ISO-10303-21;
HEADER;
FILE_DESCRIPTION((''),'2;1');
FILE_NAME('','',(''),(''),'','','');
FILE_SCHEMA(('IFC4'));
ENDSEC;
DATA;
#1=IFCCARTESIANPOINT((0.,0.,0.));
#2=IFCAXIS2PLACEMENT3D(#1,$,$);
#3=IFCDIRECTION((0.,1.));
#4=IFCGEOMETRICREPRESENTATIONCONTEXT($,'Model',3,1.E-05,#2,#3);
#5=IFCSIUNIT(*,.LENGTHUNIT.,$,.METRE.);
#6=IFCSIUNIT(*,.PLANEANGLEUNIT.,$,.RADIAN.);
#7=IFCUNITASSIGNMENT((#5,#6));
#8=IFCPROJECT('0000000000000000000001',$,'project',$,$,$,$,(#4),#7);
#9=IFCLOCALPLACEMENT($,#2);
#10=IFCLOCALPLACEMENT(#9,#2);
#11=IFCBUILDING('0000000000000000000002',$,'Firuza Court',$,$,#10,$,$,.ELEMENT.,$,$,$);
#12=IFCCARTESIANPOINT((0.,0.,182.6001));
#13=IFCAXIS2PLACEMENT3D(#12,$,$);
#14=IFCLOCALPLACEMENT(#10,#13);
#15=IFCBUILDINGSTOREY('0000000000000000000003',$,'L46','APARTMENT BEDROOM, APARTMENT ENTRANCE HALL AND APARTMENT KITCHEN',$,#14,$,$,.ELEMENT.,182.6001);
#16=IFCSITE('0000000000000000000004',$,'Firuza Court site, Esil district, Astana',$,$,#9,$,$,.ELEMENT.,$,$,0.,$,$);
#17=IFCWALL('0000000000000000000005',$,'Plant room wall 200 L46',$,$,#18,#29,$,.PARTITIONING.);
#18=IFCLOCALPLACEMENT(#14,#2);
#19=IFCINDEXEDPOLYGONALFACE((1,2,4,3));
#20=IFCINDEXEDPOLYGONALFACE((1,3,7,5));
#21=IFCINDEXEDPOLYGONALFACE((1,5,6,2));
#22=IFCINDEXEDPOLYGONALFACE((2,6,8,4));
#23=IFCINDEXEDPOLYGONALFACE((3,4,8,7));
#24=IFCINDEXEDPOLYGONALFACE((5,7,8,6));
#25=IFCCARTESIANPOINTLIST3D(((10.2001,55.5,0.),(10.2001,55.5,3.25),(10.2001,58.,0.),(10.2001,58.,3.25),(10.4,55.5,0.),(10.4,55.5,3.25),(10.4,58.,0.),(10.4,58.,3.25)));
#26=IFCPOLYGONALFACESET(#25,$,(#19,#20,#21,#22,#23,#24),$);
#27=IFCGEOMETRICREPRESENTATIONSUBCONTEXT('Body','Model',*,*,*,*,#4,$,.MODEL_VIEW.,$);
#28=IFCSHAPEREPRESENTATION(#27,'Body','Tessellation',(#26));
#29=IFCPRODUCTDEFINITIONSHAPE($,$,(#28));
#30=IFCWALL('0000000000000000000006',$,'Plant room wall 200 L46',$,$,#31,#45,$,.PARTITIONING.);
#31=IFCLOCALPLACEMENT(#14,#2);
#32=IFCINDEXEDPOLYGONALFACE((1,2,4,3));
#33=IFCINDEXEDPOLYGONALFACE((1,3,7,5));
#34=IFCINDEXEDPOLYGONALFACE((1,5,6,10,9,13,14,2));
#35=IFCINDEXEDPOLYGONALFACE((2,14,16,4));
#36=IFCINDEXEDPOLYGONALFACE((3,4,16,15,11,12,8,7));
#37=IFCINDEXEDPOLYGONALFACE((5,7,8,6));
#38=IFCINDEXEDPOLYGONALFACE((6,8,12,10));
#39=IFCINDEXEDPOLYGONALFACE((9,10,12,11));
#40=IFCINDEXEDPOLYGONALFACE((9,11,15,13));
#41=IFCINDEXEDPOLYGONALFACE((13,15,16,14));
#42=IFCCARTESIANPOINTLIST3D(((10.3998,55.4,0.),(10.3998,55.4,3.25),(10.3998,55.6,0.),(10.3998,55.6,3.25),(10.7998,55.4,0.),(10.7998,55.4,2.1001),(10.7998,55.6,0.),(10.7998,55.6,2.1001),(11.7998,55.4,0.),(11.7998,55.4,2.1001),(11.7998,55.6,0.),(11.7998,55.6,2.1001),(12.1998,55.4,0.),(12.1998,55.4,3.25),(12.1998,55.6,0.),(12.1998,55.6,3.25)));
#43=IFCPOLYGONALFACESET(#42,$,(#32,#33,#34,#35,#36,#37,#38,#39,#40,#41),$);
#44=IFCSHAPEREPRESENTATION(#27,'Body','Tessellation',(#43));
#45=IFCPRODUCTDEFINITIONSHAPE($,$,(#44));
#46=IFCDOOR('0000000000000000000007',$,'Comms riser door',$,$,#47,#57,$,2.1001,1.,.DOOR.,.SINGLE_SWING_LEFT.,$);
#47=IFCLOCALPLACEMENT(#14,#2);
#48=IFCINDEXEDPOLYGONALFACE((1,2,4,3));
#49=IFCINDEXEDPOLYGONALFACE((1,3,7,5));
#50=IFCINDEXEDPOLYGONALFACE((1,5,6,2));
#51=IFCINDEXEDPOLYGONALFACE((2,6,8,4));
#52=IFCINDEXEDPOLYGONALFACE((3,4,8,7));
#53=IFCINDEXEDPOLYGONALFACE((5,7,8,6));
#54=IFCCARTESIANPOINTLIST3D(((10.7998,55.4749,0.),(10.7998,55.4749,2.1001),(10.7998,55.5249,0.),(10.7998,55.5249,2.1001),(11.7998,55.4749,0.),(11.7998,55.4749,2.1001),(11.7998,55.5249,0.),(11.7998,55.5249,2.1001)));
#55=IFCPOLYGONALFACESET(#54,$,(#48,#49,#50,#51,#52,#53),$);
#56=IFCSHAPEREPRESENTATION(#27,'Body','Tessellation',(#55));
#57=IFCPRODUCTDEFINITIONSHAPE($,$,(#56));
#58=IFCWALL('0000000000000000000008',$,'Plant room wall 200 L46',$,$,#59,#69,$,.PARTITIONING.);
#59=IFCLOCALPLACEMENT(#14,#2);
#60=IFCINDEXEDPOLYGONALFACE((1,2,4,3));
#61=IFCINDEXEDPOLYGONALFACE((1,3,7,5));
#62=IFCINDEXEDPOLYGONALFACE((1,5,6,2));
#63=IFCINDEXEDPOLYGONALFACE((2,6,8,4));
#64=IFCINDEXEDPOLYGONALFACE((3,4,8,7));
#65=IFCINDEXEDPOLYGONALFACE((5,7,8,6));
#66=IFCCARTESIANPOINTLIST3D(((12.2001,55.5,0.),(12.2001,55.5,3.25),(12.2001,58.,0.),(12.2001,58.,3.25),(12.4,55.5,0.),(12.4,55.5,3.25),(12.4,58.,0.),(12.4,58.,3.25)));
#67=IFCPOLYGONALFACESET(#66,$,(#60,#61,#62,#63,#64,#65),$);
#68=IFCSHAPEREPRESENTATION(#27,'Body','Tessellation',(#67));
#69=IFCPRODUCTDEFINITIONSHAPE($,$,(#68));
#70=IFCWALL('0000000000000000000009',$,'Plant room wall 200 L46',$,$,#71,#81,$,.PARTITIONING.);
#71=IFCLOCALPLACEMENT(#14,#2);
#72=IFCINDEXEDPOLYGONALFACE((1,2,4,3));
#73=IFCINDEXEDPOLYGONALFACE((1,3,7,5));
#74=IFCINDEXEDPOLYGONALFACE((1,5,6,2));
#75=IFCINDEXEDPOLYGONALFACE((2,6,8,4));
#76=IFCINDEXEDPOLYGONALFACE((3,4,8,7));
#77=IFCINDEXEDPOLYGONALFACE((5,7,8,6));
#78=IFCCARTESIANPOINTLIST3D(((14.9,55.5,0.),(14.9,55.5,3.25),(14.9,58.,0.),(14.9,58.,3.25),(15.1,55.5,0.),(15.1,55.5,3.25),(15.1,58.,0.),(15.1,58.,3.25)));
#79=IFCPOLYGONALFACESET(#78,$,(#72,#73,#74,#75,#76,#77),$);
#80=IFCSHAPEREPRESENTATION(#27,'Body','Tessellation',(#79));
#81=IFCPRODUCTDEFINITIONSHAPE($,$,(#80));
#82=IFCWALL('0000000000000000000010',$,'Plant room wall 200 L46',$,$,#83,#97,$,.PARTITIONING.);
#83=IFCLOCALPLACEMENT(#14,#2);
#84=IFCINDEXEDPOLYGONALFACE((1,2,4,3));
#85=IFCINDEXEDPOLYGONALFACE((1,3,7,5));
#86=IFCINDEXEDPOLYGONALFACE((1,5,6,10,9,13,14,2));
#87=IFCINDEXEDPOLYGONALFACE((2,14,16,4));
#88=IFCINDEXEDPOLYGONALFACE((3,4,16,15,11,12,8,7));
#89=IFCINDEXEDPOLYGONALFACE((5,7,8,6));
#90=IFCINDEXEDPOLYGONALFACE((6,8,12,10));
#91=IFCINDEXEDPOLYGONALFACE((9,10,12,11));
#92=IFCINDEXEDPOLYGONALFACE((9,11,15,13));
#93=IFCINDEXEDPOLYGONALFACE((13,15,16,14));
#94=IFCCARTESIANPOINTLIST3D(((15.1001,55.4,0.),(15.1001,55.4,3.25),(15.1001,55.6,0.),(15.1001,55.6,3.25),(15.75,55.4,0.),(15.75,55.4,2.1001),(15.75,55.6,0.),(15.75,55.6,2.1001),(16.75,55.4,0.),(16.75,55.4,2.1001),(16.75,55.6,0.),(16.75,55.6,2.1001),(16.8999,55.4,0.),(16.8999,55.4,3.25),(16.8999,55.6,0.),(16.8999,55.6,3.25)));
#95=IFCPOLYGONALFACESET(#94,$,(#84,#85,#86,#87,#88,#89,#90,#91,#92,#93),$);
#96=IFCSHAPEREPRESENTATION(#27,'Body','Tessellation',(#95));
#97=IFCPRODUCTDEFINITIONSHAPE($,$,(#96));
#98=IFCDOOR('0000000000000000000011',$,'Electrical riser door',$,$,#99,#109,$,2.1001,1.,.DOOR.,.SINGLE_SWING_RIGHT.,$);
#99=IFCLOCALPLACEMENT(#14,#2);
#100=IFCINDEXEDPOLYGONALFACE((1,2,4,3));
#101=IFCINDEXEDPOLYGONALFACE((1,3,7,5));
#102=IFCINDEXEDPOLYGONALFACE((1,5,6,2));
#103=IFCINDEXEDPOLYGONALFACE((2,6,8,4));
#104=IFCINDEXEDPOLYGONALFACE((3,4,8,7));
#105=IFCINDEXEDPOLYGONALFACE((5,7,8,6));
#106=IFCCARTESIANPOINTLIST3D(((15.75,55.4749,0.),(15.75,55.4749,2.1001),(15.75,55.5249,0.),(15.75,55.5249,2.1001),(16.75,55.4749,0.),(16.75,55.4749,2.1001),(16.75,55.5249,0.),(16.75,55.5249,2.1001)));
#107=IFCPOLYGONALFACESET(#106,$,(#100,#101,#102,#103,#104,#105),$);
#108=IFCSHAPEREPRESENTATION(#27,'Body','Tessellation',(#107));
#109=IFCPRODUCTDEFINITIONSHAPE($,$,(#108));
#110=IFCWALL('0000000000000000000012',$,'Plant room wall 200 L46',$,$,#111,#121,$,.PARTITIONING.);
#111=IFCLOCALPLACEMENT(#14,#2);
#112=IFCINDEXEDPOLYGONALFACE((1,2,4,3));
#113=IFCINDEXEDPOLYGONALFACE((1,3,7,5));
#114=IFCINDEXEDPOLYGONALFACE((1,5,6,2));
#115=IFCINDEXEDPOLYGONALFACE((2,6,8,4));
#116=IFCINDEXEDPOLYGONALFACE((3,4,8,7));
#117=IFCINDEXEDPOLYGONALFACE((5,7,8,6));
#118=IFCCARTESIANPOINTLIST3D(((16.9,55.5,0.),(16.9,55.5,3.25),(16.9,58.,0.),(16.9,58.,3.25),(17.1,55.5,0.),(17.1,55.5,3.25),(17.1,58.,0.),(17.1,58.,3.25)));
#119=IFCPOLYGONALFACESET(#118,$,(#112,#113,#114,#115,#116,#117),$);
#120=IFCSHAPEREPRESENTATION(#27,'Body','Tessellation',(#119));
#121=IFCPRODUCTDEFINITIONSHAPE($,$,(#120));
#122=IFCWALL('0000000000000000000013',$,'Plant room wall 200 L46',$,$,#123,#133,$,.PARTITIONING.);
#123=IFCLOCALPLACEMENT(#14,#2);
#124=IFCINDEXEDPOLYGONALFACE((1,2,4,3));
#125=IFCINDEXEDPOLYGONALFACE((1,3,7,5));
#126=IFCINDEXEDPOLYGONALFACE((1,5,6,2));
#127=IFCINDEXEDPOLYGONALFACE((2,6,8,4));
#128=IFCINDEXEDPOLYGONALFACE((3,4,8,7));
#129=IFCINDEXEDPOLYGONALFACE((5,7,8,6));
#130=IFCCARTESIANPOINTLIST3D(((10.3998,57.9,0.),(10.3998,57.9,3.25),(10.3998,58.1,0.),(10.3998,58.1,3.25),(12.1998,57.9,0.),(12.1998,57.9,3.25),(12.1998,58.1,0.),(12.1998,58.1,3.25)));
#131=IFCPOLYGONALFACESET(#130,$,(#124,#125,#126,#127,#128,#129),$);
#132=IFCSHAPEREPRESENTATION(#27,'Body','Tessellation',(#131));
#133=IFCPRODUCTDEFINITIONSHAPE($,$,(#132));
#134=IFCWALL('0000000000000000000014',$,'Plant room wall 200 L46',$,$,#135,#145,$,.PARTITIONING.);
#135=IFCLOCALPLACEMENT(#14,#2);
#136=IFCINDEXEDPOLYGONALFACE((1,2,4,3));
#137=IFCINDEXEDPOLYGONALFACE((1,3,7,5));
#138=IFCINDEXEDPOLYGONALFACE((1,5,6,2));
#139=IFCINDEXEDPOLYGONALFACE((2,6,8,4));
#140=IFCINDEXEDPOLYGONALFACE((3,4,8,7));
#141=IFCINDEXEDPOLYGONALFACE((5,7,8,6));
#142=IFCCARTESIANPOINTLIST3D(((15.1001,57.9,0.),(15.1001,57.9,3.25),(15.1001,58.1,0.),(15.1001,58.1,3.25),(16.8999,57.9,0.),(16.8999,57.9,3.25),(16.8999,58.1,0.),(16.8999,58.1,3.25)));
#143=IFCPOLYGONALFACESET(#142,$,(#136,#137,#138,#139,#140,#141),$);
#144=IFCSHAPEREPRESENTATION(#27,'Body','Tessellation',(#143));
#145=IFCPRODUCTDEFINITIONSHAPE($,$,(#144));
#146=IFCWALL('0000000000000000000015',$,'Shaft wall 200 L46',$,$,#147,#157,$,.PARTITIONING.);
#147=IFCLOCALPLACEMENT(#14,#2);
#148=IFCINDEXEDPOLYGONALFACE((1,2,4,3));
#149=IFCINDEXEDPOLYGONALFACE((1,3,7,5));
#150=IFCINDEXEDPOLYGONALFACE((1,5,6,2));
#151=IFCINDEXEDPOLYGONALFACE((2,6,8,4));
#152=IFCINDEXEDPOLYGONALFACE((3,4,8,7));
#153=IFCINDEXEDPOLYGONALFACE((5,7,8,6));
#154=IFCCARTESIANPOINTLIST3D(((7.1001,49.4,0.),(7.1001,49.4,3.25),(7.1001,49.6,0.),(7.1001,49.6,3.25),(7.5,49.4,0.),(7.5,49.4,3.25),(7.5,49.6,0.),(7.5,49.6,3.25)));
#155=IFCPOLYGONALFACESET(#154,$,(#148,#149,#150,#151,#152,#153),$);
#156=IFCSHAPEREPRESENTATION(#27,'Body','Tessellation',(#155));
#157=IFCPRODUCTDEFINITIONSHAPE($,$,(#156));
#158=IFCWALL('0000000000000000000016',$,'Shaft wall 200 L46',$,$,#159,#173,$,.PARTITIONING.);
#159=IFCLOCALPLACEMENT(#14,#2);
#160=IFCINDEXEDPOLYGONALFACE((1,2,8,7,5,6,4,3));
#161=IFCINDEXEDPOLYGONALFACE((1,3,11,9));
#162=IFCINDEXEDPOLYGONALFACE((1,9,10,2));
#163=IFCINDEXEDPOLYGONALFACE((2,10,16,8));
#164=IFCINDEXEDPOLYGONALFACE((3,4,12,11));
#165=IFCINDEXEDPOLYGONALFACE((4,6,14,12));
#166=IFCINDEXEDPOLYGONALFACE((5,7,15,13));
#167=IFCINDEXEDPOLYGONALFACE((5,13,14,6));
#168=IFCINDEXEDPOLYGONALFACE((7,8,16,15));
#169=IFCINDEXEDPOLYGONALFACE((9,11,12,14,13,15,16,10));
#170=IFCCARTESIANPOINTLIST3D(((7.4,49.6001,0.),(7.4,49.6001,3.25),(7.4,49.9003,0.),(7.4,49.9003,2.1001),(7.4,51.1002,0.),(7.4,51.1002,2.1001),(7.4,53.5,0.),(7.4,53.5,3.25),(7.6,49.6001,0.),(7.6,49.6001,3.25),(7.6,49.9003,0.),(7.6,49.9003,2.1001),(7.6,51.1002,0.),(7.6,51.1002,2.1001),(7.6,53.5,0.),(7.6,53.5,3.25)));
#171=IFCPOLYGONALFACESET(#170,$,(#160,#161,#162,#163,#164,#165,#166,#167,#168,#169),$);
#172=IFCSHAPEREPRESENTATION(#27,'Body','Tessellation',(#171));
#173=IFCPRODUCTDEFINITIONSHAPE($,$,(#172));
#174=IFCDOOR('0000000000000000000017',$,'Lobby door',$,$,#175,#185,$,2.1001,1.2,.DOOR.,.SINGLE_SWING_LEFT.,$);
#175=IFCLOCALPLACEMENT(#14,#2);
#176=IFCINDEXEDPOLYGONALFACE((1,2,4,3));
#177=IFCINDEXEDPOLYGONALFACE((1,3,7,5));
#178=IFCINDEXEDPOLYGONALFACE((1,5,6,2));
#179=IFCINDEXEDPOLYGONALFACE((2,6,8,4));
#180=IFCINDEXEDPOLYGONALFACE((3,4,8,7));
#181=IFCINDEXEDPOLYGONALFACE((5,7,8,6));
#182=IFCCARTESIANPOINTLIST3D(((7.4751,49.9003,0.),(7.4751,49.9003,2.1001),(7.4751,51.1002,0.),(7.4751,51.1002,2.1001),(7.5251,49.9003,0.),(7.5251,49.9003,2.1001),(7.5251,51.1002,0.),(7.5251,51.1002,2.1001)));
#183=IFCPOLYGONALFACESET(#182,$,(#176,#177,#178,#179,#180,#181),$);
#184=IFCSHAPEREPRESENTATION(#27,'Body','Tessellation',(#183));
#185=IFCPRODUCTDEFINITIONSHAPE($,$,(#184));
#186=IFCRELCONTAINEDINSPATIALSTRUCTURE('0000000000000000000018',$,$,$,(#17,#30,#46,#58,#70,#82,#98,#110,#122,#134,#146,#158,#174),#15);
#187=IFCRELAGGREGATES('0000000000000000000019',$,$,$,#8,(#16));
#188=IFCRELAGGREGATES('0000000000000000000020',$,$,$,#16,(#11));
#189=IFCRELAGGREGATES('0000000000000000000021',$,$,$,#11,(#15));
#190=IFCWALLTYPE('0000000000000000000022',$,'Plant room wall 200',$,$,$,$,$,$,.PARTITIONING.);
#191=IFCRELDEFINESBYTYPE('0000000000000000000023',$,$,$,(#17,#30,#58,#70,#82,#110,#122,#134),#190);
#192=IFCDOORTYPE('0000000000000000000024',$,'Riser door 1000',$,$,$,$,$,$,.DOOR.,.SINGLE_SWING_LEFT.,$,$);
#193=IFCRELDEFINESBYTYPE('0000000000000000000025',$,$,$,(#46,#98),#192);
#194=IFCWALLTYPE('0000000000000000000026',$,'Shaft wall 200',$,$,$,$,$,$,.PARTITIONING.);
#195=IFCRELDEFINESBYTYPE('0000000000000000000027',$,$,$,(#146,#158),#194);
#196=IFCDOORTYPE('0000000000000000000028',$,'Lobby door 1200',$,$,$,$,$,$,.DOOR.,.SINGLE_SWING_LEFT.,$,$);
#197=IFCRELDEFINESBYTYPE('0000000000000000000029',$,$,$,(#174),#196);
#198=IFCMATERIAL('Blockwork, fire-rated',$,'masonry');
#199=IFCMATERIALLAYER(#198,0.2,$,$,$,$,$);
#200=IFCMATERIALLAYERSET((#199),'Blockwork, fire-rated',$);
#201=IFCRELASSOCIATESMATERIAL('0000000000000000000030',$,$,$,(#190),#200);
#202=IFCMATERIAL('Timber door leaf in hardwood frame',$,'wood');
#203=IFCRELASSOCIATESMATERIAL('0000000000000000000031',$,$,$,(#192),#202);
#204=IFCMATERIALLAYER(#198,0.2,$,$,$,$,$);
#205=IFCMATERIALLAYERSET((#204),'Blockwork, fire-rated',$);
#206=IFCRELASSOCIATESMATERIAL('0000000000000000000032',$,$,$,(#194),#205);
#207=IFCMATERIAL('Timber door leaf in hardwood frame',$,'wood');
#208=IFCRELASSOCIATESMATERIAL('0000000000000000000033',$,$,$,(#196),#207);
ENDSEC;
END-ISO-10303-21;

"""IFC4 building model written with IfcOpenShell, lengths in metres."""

from ifc_helpers import new_model, si_unit, direction, frame, frame_2d, origin, place, context, subcontext, project, spatial, rectangle, extrude, material, layer, layer_set, type_object, element, fill, save


model = new_model("IFC4")

# Units and contexts
model_context = context("Model", 3, precision=1e-05, world=origin(), true_north=direction((0.0, 1.0)))
body_context = subcontext(model_context, "Body", "Model", "MODEL_VIEW")
ifc_project = project(units=[si_unit("LENGTHUNIT", "METRE"), si_unit("PLANEANGLEUNIT", "RADIAN")], contexts=[model_context])

# Site, building, storey
site_placement = place(None, origin())
site = spatial("IfcSite", under=ifc_project, at=site_placement, Name="Firuza Court site, Esil district, Astana", CompositionType="ELEMENT", RefElevation=0.0)
building_placement = place(site_placement, origin())
building = spatial("IfcBuilding", under=site, at=building_placement, Name="Firuza Court", CompositionType="ELEMENT")
storey_placement = place(building_placement, frame((0.0, 0.0, 182.6001)))
storey = spatial("IfcBuildingStorey", under=building, at=storey_placement, Name="L46", Description="APARTMENT BEDROOM, APARTMENT ENTRANCE HALL AND APARTMENT KITCHEN", CompositionType="ELEMENT", Elevation=182.6001)

# Wall
ifc_material_1 = material(Name="Blockwork, fire-rated", Category="masonry")
ifc_layer_1 = layer(ifc_material_1, 0.2)
ifc_layer_set_1 = layer_set([ifc_layer_1], Name="Blockwork, fire-rated")
wall_type_1 = type_object("IfcWallType", Name="Plant room wall 200", PredefinedType="PARTITIONING", material=ifc_layer_set_1)
wall_1_placement = place(storey_placement, frame((10.3, 55.5, 0.0), z_axis=(0.0, 0.0, 1.0), x_axis=(0.0, 1.0, 0.0)))
element("IfcWall", 1, at=wall_1_placement, inside=storey, type_object=wall_type_1, Name="Plant room wall 200 L46", PredefinedType="PARTITIONING", context=body_context, shape_type="SweptSolid", body=[
    extrude(rectangle(XDim=2.5, YDim=0.2, at=frame_2d((1.25, 0.0))), origin(), (0.0, 0.0, 1.0), 3.25),
])

# Wall, opening, door
wall_2_placement = place(storey_placement, frame((10.3999, 55.5, 0.0), z_axis=(0.0, 0.0, 1.0), x_axis=(1.0, 0.0, 0.0)))
wall_2 = element("IfcWall", 2, at=wall_2_placement, inside=storey, type_object=wall_type_1, Name="Plant room wall 200 L46", PredefinedType="PARTITIONING", context=body_context, shape_type="SweptSolid", body=[
    extrude(rectangle(XDim=1.8, YDim=0.2, at=frame_2d((0.8999, 0.0))), origin(), (0.0, 0.0, 1.0), 3.25),
])
opening_1_placement = place(wall_2_placement, frame((0.3999, 0.0, 0.0)))
opening_1 = element("IfcOpeningElement", 3, at=opening_1_placement, cuts=wall_2, PredefinedType="OPENING", context=body_context, shape_type="SweptSolid", body=[
    extrude(rectangle(XDim=1.0, YDim=2.1001, at=frame_2d((0.5, 1.05))), frame((0.0, 0.1118, 0.0), z_axis=(0.0, -1.0, 0.0), x_axis=(1.0, 0.0, 0.0)), (0.0, 0.0, 1.0), 0.2239),
])
ifc_material_2 = material(Name="Timber door leaf in hardwood frame", Category="wood")
door_type_1 = type_object("IfcDoorType", Name="Riser door 1000", OperationType="SINGLE_SWING_LEFT", PredefinedType="DOOR", material=ifc_material_2)
door_1_placement = place(opening_1_placement, origin())
door_1 = element("IfcDoor", 4, at=door_1_placement, inside=storey, type_object=door_type_1, Name="Comms riser door", OperationType="SINGLE_SWING_LEFT", OverallHeight=2.1001, OverallWidth=1.0, PredefinedType="DOOR", context=body_context, shape_type="SweptSolid", body=[
    extrude(rectangle(XDim=1.0, YDim=2.1001, at=frame_2d((0.5, 1.05))), frame((0.0, 0.0249, 0.0), z_axis=(0.0, -1.0, 0.0), x_axis=(1.0, 0.0, 0.0)), (0.0, 0.0, 1.0), 0.05),
])
fill(opening_1, door_1)

# Walls
for number, where, z_axis, x_axis, name in (
    (5, (12.3, 55.5, 0.0), (0.0, 0.0, 1.0), (0.0, 1.0, 0.0), "Plant room wall 200 L46"),
    (6, (15.0, 55.5, 0.0), (0.0, 0.0, 1.0), (0.0, 1.0, 0.0), "Plant room wall 200 L46"),
):
    element("IfcWall", number, at=place(storey_placement, frame(where, z_axis=z_axis, x_axis=x_axis)), inside=storey, type_object=wall_type_1, Name=name, PredefinedType="PARTITIONING", context=body_context, shape_type="SweptSolid", body=[
        extrude(rectangle(XDim=2.5, YDim=0.2, at=frame_2d((1.25, 0.0))), origin(), (0.0, 0.0, 1.0), 3.25),
    ])

# Wall, opening, door
wall_3_placement = place(storey_placement, frame((15.1001, 55.5, 0.0), z_axis=(0.0, 0.0, 1.0), x_axis=(1.0, 0.0, 0.0)))
wall_3 = element("IfcWall", 7, at=wall_3_placement, inside=storey, type_object=wall_type_1, Name="Plant room wall 200 L46", PredefinedType="PARTITIONING", context=body_context, shape_type="SweptSolid", body=[
    extrude(rectangle(XDim=1.7998, YDim=0.2, at=frame_2d((0.8999, 0.0))), origin(), (0.0, 0.0, 1.0), 3.25),
])
opening_2_placement = place(wall_3_placement, frame((0.6499, 0.0, 0.0)))
opening_2 = element("IfcOpeningElement", 8, at=opening_2_placement, cuts=wall_3, PredefinedType="OPENING", context=body_context, shape_type="SweptSolid", body=[
    extrude(rectangle(XDim=1.0, YDim=2.1001, at=frame_2d((0.5, 1.05))), frame((0.0, 0.1118, 0.0), z_axis=(0.0, -1.0, 0.0), x_axis=(1.0, 0.0, 0.0)), (0.0, 0.0, 1.0), 0.2239),
])
door_2_placement = place(opening_2_placement, origin())
door_2 = element("IfcDoor", 9, at=door_2_placement, inside=storey, type_object=door_type_1, Name="Electrical riser door", OperationType="SINGLE_SWING_RIGHT", OverallHeight=2.1001, OverallWidth=1.0, PredefinedType="DOOR", context=body_context, shape_type="SweptSolid", body=[
    extrude(rectangle(XDim=1.0, YDim=2.1001, at=frame_2d((0.5, 1.05))), frame((0.0, 0.0249, 0.0), z_axis=(0.0, -1.0, 0.0), x_axis=(1.0, 0.0, 0.0)), (0.0, 0.0, 1.0), 0.05),
])
fill(opening_2, door_2)

# Walls
wall_4_placement = place(storey_placement, frame((17.0, 55.5, 0.0), z_axis=(0.0, 0.0, 1.0), x_axis=(0.0, 1.0, 0.0)))
element("IfcWall", 10, at=wall_4_placement, inside=storey, type_object=wall_type_1, Name="Plant room wall 200 L46", PredefinedType="PARTITIONING", context=body_context, shape_type="SweptSolid", body=[
    extrude(rectangle(XDim=2.5, YDim=0.2, at=frame_2d((1.25, 0.0))), origin(), (0.0, 0.0, 1.0), 3.25),
])
wall_5_placement = place(storey_placement, frame((10.3999, 58.0, 0.0), z_axis=(0.0, 0.0, 1.0), x_axis=(1.0, 0.0, 0.0)))
element("IfcWall", 11, at=wall_5_placement, inside=storey, type_object=wall_type_1, Name="Plant room wall 200 L46", PredefinedType="PARTITIONING", context=body_context, shape_type="SweptSolid", body=[
    extrude(rectangle(XDim=1.8, YDim=0.2, at=frame_2d((0.8999, 0.0))), origin(), (0.0, 0.0, 1.0), 3.25),
])
wall_6_placement = place(storey_placement, frame((15.1001, 58.0, 0.0), z_axis=(0.0, 0.0, 1.0), x_axis=(1.0, 0.0, 0.0)))
element("IfcWall", 12, at=wall_6_placement, inside=storey, type_object=wall_type_1, Name="Plant room wall 200 L46", PredefinedType="PARTITIONING", context=body_context, shape_type="SweptSolid", body=[
    extrude(rectangle(XDim=1.7998, YDim=0.2, at=frame_2d((0.8999, 0.0))), origin(), (0.0, 0.0, 1.0), 3.25),
])
ifc_layer_2 = layer(ifc_material_1, 0.2)
ifc_layer_set_2 = layer_set([ifc_layer_2], Name="Blockwork, fire-rated")
wall_type_2 = type_object("IfcWallType", Name="Shaft wall 200", PredefinedType="PARTITIONING", material=ifc_layer_set_2)
wall_7_placement = place(storey_placement, frame((7.1001, 49.5, 0.0), z_axis=(0.0, 0.0, 1.0), x_axis=(1.0, 0.0, 0.0)))
element("IfcWall", 13, at=wall_7_placement, inside=storey, type_object=wall_type_2, Name="Shaft wall 200 L46", PredefinedType="PARTITIONING", context=body_context, shape_type="SweptSolid", body=[
    extrude(rectangle(XDim=0.3999, YDim=0.2, at=frame_2d((0.2, 0.0))), origin(), (0.0, 0.0, 1.0), 3.25),
])

# Wall, opening, door
wall_8_placement = place(storey_placement, frame((7.5, 49.6001, 0.0), z_axis=(0.0, 0.0, 1.0), x_axis=(0.0, 1.0, 0.0)))
wall_8 = element("IfcWall", 14, at=wall_8_placement, inside=storey, type_object=wall_type_2, Name="Shaft wall 200 L46", PredefinedType="PARTITIONING", context=body_context, shape_type="SweptSolid", body=[
    extrude(rectangle(XDim=3.8999, YDim=0.2, at=frame_2d((1.95, 0.0))), origin(), (0.0, 0.0, 1.0), 3.25),
])
opening_3_placement = place(wall_8_placement, frame((0.3, 0.0, 0.0)))
opening_3 = element("IfcOpeningElement", 15, at=opening_3_placement, cuts=wall_8, PredefinedType="OPENING", context=body_context, shape_type="SweptSolid", body=[
    extrude(rectangle(XDim=1.2, YDim=2.1001, at=frame_2d((0.6001, 1.05))), frame((0.0, 0.1118, 0.0), z_axis=(0.0, -1.0, 0.0), x_axis=(1.0, 0.0, 0.0)), (0.0, 0.0, 1.0), 0.2239),
])
ifc_material_3 = material(Name="Timber door leaf in hardwood frame", Category="wood")
door_type_2 = type_object("IfcDoorType", Name="Lobby door 1200", OperationType="SINGLE_SWING_LEFT", PredefinedType="DOOR", material=ifc_material_3)
door_3_placement = place(opening_3_placement, origin())
door_3 = element("IfcDoor", 16, at=door_3_placement, inside=storey, type_object=door_type_2, Name="Lobby door", OperationType="SINGLE_SWING_LEFT", OverallHeight=2.1001, OverallWidth=1.2, PredefinedType="DOOR", context=body_context, shape_type="SweptSolid", body=[
    extrude(rectangle(XDim=1.2, YDim=2.1001, at=frame_2d((0.6001, 1.05))), frame((0.0, 0.0249, 0.0), z_axis=(0.0, -1.0, 0.0), x_axis=(1.0, 0.0, 0.0)), (0.0, 0.0, 1.0), 0.05),
])
fill(opening_3, door_3)

save(model, "model.ifc")
